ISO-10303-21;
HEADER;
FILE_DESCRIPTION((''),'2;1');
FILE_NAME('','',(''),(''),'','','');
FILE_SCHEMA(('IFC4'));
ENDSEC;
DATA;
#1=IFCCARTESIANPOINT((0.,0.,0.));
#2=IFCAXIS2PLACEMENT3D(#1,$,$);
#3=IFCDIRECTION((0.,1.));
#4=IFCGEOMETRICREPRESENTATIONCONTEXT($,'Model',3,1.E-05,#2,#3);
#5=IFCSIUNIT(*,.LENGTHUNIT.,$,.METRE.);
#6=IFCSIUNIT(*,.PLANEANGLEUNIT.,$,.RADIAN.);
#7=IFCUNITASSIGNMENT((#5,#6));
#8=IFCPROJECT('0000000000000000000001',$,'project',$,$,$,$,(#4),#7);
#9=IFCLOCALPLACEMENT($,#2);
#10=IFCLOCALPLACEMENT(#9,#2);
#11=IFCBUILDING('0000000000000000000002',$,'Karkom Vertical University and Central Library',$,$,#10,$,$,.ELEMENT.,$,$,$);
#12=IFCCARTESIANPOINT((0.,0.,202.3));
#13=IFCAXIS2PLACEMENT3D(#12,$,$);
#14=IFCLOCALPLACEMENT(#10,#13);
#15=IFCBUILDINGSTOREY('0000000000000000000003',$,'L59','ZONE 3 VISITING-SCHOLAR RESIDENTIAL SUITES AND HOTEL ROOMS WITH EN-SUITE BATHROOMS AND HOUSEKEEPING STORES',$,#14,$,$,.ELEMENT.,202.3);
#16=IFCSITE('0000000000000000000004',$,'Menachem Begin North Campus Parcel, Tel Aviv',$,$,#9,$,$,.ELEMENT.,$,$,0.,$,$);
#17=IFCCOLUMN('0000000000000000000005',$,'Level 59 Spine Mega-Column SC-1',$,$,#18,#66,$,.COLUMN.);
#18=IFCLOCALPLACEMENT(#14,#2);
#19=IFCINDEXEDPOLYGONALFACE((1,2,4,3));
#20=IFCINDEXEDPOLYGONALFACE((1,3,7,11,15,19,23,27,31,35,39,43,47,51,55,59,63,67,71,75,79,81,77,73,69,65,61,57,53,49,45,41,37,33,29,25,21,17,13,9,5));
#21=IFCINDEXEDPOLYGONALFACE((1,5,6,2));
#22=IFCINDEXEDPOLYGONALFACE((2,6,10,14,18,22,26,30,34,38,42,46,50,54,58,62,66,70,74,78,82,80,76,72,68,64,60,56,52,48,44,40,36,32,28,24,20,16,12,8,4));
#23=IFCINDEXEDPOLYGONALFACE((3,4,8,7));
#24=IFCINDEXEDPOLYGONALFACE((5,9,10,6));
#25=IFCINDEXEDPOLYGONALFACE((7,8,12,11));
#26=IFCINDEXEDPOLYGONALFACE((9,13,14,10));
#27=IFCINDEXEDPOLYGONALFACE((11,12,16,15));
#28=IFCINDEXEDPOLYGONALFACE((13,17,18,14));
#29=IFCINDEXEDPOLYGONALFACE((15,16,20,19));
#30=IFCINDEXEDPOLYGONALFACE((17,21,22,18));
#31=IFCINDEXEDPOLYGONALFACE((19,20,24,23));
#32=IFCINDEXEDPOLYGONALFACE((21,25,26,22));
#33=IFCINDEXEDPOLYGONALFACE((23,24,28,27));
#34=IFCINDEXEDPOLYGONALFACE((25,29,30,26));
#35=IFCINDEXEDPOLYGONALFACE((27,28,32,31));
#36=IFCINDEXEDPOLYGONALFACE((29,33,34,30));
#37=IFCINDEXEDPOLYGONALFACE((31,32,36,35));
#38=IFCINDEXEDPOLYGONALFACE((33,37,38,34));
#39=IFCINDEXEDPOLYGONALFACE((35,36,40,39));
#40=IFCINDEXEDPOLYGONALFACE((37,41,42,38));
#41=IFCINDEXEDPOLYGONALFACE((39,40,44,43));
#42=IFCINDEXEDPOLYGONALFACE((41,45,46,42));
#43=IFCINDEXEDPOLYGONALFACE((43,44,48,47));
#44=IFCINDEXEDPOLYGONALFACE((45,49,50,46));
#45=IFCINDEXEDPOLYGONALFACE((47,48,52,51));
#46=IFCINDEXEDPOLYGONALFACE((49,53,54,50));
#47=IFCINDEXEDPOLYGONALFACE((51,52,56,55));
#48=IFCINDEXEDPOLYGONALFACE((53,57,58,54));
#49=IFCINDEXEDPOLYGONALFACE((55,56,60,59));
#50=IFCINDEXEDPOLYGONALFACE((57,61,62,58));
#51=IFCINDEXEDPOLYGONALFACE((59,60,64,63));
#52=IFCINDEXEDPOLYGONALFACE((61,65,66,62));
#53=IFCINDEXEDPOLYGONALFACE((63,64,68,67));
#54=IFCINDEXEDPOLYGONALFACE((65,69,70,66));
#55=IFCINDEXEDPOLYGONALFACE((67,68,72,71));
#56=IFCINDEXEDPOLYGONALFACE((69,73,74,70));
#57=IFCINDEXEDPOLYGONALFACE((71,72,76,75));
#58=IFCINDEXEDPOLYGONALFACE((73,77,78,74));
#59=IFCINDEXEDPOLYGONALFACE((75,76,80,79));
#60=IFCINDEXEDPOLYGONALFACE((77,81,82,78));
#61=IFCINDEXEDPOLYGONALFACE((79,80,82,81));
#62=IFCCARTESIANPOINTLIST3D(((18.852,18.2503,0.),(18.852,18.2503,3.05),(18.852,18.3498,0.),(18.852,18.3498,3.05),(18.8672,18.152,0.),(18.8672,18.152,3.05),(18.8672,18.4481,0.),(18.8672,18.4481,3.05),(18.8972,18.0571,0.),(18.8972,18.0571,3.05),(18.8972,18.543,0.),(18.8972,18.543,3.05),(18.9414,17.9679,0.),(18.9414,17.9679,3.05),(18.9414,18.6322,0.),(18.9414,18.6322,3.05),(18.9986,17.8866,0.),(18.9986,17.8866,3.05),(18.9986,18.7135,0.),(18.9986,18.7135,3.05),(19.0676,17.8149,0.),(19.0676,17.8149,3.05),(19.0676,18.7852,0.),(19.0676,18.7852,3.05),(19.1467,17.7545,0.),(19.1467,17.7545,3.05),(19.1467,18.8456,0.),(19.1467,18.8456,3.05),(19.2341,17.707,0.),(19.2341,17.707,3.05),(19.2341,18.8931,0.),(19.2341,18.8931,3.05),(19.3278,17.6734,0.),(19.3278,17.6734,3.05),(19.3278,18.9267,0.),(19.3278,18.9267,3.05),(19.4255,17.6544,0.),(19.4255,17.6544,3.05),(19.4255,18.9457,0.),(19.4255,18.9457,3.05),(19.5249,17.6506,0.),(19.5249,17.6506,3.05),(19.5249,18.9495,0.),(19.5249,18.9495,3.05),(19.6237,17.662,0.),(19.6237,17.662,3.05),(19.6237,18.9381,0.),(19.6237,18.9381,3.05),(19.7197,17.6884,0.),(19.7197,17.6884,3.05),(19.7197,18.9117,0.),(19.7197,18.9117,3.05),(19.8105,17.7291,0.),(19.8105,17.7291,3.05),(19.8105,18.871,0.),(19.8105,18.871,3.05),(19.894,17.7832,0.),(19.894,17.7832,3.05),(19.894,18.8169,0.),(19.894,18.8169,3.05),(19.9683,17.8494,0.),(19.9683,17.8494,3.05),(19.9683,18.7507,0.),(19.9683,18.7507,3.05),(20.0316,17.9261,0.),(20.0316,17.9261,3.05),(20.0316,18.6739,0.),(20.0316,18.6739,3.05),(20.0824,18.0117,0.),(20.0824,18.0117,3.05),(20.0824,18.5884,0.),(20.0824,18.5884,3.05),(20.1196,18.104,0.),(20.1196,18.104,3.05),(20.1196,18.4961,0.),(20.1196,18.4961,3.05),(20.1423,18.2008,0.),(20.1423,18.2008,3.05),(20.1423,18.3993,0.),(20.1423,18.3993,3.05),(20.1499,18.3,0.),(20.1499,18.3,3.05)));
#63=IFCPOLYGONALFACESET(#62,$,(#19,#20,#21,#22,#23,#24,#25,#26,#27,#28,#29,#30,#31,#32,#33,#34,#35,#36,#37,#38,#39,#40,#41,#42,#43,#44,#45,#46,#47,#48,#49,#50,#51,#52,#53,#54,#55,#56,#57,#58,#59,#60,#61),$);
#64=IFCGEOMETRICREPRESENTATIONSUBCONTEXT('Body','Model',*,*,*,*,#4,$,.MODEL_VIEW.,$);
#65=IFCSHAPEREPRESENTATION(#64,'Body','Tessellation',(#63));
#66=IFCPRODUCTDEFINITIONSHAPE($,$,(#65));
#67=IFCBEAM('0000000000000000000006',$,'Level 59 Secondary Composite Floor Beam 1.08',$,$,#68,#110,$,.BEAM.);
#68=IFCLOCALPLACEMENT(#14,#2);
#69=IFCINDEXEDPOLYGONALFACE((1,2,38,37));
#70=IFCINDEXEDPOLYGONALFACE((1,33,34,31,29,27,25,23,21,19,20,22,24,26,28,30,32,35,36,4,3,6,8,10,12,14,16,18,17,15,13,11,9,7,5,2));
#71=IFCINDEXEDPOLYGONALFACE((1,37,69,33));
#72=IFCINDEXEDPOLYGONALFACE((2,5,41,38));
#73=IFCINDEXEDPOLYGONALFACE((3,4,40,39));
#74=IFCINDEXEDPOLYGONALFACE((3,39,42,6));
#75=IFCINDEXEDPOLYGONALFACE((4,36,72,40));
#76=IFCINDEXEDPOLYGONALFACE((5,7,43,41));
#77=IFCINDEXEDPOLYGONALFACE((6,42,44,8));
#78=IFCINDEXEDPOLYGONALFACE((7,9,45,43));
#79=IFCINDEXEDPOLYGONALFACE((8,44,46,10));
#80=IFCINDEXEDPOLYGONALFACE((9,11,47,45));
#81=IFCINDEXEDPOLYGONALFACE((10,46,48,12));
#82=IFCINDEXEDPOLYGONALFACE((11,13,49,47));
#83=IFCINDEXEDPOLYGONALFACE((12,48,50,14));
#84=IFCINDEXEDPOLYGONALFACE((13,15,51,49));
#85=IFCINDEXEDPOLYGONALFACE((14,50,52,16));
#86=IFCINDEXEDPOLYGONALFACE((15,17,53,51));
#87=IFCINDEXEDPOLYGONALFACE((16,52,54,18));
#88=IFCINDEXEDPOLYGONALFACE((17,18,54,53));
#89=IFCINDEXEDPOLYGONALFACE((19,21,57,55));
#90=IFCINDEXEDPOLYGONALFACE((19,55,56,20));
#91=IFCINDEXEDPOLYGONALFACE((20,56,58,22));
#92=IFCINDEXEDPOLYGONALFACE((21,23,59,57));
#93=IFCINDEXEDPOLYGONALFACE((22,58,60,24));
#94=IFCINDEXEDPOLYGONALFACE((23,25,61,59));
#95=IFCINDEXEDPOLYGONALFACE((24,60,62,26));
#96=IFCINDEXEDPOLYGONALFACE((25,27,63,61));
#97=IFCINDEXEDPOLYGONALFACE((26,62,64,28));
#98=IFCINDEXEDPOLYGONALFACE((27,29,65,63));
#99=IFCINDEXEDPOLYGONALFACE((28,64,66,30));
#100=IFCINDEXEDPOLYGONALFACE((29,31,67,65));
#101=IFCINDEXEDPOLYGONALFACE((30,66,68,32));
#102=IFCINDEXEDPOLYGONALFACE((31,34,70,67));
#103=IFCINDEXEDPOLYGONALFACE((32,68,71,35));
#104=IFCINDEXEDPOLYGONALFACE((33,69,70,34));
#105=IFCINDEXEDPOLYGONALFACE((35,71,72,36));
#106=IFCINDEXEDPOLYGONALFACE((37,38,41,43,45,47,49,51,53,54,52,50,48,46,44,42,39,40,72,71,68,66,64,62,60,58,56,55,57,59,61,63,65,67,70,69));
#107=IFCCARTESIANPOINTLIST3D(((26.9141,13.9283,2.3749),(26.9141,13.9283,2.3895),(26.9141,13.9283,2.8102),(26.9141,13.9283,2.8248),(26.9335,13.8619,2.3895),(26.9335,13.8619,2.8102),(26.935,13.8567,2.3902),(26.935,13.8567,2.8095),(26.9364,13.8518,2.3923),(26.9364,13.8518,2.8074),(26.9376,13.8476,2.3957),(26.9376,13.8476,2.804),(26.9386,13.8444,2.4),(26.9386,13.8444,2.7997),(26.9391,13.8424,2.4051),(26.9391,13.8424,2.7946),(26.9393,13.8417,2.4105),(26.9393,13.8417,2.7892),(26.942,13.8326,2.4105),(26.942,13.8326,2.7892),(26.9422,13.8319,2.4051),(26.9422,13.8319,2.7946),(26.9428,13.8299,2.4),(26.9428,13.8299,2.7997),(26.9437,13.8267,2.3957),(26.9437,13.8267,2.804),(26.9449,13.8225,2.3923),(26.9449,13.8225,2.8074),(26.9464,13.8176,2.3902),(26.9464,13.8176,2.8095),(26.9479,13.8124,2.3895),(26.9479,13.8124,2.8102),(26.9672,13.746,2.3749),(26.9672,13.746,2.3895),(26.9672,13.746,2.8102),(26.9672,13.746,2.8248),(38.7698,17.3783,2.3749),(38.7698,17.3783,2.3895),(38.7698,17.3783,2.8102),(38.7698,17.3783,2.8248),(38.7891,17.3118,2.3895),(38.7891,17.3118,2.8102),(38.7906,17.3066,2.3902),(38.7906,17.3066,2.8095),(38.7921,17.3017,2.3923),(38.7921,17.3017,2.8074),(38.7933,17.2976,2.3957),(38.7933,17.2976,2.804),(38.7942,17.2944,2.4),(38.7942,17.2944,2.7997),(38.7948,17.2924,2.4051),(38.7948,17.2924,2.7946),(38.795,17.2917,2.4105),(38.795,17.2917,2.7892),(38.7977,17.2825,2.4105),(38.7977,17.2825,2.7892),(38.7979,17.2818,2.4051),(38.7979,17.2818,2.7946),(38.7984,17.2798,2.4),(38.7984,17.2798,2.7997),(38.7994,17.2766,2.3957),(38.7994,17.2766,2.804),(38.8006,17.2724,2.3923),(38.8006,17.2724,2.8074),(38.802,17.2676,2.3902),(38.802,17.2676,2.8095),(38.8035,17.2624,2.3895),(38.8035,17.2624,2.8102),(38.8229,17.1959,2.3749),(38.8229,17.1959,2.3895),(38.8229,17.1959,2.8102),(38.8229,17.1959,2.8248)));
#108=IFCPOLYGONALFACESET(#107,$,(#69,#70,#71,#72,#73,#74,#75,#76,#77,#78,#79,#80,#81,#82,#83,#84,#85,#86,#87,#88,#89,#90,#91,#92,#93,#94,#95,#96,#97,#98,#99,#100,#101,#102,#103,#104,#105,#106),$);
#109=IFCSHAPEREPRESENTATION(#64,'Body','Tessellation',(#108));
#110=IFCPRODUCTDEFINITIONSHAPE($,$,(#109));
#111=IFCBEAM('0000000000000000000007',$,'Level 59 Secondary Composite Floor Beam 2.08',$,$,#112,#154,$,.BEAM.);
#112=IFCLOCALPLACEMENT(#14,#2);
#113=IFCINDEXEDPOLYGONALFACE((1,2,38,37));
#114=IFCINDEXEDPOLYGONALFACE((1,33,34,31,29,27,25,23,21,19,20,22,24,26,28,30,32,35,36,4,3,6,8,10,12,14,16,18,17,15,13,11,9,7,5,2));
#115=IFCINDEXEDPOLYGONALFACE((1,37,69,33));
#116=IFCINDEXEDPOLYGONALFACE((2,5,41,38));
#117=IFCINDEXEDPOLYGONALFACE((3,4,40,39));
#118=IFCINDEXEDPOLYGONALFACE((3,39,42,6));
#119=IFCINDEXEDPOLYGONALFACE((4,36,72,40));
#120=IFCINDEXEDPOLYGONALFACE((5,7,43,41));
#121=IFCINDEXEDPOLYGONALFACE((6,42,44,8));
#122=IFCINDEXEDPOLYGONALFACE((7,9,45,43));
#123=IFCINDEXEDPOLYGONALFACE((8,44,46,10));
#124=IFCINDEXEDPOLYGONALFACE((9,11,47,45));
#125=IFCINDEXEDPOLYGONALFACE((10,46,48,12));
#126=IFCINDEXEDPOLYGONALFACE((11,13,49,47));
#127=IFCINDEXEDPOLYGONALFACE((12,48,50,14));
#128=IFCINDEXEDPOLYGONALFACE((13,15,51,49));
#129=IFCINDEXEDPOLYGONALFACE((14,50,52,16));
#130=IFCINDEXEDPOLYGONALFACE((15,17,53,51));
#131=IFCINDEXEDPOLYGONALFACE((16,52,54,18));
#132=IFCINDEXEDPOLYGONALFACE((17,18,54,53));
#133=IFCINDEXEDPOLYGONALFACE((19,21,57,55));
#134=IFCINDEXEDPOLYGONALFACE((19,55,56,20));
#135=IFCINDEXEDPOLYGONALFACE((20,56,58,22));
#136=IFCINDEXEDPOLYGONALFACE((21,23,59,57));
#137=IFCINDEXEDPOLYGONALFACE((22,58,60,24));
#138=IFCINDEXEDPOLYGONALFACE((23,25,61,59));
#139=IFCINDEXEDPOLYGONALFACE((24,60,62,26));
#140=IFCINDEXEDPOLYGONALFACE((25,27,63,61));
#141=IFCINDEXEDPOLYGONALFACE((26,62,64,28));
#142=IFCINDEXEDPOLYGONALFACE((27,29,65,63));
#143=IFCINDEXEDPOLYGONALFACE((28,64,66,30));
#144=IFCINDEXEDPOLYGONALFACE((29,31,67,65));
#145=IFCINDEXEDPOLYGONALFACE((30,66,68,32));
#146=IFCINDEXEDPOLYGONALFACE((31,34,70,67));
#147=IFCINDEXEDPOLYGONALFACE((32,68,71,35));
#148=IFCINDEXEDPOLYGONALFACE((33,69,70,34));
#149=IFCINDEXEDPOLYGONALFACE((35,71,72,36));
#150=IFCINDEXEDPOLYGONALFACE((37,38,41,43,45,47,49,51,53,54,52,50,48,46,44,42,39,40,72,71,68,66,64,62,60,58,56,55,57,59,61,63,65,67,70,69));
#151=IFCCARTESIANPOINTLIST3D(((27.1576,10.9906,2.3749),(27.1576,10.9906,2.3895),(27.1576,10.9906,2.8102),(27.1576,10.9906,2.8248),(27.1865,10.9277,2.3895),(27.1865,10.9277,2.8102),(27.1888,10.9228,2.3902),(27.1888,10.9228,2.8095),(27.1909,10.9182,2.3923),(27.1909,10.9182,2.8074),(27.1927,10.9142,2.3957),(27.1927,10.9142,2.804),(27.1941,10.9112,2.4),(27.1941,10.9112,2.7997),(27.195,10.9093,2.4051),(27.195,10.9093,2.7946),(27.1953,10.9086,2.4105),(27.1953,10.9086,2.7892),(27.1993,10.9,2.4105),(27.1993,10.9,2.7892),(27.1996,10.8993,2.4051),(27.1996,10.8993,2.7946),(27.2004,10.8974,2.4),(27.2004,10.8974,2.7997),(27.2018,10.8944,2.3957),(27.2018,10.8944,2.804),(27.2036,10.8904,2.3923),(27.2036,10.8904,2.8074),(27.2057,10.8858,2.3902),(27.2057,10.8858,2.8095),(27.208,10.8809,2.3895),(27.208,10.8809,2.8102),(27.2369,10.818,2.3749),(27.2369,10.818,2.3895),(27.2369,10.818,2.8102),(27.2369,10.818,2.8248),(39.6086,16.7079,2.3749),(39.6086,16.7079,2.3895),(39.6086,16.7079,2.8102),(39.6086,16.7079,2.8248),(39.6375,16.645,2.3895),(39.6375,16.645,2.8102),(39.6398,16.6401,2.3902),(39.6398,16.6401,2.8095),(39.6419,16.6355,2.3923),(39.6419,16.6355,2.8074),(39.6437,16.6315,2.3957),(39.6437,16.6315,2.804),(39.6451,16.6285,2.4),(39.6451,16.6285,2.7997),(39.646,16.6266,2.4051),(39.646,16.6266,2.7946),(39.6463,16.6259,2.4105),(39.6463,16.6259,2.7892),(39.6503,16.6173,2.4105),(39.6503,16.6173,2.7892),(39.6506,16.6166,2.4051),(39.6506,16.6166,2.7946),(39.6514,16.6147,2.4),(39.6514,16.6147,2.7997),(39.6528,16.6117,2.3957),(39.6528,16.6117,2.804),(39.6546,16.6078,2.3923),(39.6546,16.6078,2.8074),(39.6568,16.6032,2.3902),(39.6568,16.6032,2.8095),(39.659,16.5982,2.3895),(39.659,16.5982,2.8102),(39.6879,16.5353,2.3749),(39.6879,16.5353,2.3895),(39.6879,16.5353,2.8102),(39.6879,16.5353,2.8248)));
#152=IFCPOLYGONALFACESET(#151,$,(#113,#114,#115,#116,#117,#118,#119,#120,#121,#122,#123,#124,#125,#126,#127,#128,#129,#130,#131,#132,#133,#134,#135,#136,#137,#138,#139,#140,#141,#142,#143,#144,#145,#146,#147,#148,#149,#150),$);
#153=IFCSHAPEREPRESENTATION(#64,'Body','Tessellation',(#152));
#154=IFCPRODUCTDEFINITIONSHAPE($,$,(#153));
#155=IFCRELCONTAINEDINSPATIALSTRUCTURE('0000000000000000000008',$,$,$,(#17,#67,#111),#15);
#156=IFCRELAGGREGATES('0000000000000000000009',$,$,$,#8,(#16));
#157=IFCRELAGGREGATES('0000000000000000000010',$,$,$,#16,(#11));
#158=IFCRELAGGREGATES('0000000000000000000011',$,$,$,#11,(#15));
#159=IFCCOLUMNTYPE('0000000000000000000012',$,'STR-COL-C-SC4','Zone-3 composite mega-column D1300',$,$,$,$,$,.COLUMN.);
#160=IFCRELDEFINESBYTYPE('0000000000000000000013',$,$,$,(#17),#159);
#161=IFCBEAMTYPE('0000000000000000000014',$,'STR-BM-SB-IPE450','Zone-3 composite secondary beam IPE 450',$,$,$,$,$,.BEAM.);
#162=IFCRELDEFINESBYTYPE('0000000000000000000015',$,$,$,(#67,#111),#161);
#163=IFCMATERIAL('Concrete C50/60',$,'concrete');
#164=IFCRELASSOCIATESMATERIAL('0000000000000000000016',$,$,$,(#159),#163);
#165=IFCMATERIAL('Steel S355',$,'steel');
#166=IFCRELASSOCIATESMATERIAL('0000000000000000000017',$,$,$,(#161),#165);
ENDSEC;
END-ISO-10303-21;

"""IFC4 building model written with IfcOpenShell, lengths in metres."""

from ifc_helpers import new_model, si_unit, direction, frame, origin, origin_with_axes, origin_2d, place, context, subcontext, project, spatial, circle, i_section, extrude, source, transform, mapped, material, material_profile, profile_set, type_object, element, save


model = new_model("IFC4")

# Units and contexts
model_context = context("Model", 3, precision=1e-05, world=origin(), true_north=direction((0.0, 1.0)))
body_context = subcontext(model_context, "Body", "Model", "MODEL_VIEW")
ifc_project = project(units=[si_unit("LENGTHUNIT", "METRE"), si_unit("PLANEANGLEUNIT", "RADIAN")], contexts=[model_context])

# Site, building, storey
site_placement = place(None, origin())
site = spatial("IfcSite", under=ifc_project, at=site_placement, Name="Menachem Begin North Campus Parcel, Tel Aviv", CompositionType="ELEMENT", RefElevation=0.0)
building_placement = place(site_placement, origin())
building = spatial("IfcBuilding", under=site, at=building_placement, Name="Karkom Vertical University and Central Library", CompositionType="ELEMENT")
storey_placement = place(building_placement, frame((0.0, 0.0, 202.3)))
storey = spatial("IfcBuildingStorey", under=building, at=storey_placement, Name="L59", Description="ZONE 3 VISITING-SCHOLAR RESIDENTIAL SUITES AND HOTEL ROOMS WITH EN-SUITE BATHROOMS AND HOUSEKEEPING STORES", CompositionType="ELEMENT", Elevation=202.3)

# Column
ifc_material_1 = material(Name="Concrete C50/60", Category="concrete")
ifc_material_profile_1 = material_profile(ifc_material_1, circle(Radius=0.6499, at=origin_2d()), Name="CFT-D1300")
ifc_profile_set_1 = profile_set([ifc_material_profile_1], Name="Concrete C50/60")
column_type = type_object("IfcColumnType", Name="STR-COL-C-SC4", Description="Zone-3 composite mega-column D1300", PredefinedType="COLUMN", material=ifc_profile_set_1)
shared_shape_1 = source(origin_with_axes(), body_context, "Body", "SweptSolid", [
    extrude(circle(Radius=0.6499, at=origin_2d()), origin(), (0.0, 0.0, 1.0), 3.05),
])
column_placement = place(storey_placement, frame((19.5, 18.3, 0.0), z_axis=(0.0, 0.0, 1.0), x_axis=(1.0, 0.0, 0.0)))
element("IfcColumn", 1, at=column_placement, inside=storey, type_object=column_type, Name="Level 59 Spine Mega-Column SC-1", PredefinedType="COLUMN", context=body_context, shape_type="MappedRepresentation", body=[
    mapped(shared_shape_1, transform((0.0, 0.0, 0.0), scale=1.0)),
])

# Beams
ifc_material_2 = material(Name="Steel S355", Category="steel")
ifc_material_profile_2 = material_profile(ifc_material_2, i_section(OverallWidth=0.1899, OverallDepth=0.45, WebThickness=0.0095, FlangeThickness=0.0146, FilletRadius=0.021, at=origin_2d()), Name="IPE 450")
ifc_profile_set_2 = profile_set([ifc_material_profile_2], Name="Steel S355")
beam_type_1 = type_object("IfcBeamType", Name="STR-BM-SB-IPE450", Description="Zone-3 composite secondary beam IPE 450", PredefinedType="BEAM", material=ifc_profile_set_2)
shared_shape_2 = source(origin_with_axes(), body_context, "Body", "SweptSolid", [
    extrude(i_section(OverallWidth=0.1899, OverallDepth=0.45, WebThickness=0.0095, FlangeThickness=0.0146, FilletRadius=0.021, at=origin_2d()), origin(), (0.0, 0.0, 1.0), 12.3474),
])
beam_1_placement = place(storey_placement, frame((26.9407, 13.8372, 2.5999), z_axis=(0.960173, 0.279405, 0.0), x_axis=(-0.279405, 0.960173, 0.0)))
element("IfcBeam", 2, at=beam_1_placement, inside=storey, type_object=beam_type_1, Name="Level 59 Secondary Composite Floor Beam 1.08", PredefinedType="BEAM", context=body_context, shape_type="MappedRepresentation", body=[
    mapped(shared_shape_2, transform((0.0, 0.0, 0.0), scale=1.0)),
])
shared_shape_3 = source(origin_with_axes(), body_context, "Body", "SweptSolid", [
    extrude(i_section(OverallWidth=0.1899, OverallDepth=0.45, WebThickness=0.0095, FlangeThickness=0.0146, FilletRadius=0.021, at=origin_2d()), origin(), (0.0, 0.0, 1.0), 13.7009),
])
beam_2_placement = place(storey_placement, frame((27.1973, 10.9043, 2.5999), z_axis=(0.908771, 0.417295, 0.0), x_axis=(-0.417295, 0.908771, 0.0)))
element("IfcBeam", 3, at=beam_2_placement, inside=storey, type_object=beam_type_1, Name="Level 59 Secondary Composite Floor Beam 2.08", PredefinedType="BEAM", context=body_context, shape_type="MappedRepresentation", body=[
    mapped(shared_shape_3, transform((0.0, 0.0, 0.0), scale=1.0)),
])

save(model, "model.ifc")
